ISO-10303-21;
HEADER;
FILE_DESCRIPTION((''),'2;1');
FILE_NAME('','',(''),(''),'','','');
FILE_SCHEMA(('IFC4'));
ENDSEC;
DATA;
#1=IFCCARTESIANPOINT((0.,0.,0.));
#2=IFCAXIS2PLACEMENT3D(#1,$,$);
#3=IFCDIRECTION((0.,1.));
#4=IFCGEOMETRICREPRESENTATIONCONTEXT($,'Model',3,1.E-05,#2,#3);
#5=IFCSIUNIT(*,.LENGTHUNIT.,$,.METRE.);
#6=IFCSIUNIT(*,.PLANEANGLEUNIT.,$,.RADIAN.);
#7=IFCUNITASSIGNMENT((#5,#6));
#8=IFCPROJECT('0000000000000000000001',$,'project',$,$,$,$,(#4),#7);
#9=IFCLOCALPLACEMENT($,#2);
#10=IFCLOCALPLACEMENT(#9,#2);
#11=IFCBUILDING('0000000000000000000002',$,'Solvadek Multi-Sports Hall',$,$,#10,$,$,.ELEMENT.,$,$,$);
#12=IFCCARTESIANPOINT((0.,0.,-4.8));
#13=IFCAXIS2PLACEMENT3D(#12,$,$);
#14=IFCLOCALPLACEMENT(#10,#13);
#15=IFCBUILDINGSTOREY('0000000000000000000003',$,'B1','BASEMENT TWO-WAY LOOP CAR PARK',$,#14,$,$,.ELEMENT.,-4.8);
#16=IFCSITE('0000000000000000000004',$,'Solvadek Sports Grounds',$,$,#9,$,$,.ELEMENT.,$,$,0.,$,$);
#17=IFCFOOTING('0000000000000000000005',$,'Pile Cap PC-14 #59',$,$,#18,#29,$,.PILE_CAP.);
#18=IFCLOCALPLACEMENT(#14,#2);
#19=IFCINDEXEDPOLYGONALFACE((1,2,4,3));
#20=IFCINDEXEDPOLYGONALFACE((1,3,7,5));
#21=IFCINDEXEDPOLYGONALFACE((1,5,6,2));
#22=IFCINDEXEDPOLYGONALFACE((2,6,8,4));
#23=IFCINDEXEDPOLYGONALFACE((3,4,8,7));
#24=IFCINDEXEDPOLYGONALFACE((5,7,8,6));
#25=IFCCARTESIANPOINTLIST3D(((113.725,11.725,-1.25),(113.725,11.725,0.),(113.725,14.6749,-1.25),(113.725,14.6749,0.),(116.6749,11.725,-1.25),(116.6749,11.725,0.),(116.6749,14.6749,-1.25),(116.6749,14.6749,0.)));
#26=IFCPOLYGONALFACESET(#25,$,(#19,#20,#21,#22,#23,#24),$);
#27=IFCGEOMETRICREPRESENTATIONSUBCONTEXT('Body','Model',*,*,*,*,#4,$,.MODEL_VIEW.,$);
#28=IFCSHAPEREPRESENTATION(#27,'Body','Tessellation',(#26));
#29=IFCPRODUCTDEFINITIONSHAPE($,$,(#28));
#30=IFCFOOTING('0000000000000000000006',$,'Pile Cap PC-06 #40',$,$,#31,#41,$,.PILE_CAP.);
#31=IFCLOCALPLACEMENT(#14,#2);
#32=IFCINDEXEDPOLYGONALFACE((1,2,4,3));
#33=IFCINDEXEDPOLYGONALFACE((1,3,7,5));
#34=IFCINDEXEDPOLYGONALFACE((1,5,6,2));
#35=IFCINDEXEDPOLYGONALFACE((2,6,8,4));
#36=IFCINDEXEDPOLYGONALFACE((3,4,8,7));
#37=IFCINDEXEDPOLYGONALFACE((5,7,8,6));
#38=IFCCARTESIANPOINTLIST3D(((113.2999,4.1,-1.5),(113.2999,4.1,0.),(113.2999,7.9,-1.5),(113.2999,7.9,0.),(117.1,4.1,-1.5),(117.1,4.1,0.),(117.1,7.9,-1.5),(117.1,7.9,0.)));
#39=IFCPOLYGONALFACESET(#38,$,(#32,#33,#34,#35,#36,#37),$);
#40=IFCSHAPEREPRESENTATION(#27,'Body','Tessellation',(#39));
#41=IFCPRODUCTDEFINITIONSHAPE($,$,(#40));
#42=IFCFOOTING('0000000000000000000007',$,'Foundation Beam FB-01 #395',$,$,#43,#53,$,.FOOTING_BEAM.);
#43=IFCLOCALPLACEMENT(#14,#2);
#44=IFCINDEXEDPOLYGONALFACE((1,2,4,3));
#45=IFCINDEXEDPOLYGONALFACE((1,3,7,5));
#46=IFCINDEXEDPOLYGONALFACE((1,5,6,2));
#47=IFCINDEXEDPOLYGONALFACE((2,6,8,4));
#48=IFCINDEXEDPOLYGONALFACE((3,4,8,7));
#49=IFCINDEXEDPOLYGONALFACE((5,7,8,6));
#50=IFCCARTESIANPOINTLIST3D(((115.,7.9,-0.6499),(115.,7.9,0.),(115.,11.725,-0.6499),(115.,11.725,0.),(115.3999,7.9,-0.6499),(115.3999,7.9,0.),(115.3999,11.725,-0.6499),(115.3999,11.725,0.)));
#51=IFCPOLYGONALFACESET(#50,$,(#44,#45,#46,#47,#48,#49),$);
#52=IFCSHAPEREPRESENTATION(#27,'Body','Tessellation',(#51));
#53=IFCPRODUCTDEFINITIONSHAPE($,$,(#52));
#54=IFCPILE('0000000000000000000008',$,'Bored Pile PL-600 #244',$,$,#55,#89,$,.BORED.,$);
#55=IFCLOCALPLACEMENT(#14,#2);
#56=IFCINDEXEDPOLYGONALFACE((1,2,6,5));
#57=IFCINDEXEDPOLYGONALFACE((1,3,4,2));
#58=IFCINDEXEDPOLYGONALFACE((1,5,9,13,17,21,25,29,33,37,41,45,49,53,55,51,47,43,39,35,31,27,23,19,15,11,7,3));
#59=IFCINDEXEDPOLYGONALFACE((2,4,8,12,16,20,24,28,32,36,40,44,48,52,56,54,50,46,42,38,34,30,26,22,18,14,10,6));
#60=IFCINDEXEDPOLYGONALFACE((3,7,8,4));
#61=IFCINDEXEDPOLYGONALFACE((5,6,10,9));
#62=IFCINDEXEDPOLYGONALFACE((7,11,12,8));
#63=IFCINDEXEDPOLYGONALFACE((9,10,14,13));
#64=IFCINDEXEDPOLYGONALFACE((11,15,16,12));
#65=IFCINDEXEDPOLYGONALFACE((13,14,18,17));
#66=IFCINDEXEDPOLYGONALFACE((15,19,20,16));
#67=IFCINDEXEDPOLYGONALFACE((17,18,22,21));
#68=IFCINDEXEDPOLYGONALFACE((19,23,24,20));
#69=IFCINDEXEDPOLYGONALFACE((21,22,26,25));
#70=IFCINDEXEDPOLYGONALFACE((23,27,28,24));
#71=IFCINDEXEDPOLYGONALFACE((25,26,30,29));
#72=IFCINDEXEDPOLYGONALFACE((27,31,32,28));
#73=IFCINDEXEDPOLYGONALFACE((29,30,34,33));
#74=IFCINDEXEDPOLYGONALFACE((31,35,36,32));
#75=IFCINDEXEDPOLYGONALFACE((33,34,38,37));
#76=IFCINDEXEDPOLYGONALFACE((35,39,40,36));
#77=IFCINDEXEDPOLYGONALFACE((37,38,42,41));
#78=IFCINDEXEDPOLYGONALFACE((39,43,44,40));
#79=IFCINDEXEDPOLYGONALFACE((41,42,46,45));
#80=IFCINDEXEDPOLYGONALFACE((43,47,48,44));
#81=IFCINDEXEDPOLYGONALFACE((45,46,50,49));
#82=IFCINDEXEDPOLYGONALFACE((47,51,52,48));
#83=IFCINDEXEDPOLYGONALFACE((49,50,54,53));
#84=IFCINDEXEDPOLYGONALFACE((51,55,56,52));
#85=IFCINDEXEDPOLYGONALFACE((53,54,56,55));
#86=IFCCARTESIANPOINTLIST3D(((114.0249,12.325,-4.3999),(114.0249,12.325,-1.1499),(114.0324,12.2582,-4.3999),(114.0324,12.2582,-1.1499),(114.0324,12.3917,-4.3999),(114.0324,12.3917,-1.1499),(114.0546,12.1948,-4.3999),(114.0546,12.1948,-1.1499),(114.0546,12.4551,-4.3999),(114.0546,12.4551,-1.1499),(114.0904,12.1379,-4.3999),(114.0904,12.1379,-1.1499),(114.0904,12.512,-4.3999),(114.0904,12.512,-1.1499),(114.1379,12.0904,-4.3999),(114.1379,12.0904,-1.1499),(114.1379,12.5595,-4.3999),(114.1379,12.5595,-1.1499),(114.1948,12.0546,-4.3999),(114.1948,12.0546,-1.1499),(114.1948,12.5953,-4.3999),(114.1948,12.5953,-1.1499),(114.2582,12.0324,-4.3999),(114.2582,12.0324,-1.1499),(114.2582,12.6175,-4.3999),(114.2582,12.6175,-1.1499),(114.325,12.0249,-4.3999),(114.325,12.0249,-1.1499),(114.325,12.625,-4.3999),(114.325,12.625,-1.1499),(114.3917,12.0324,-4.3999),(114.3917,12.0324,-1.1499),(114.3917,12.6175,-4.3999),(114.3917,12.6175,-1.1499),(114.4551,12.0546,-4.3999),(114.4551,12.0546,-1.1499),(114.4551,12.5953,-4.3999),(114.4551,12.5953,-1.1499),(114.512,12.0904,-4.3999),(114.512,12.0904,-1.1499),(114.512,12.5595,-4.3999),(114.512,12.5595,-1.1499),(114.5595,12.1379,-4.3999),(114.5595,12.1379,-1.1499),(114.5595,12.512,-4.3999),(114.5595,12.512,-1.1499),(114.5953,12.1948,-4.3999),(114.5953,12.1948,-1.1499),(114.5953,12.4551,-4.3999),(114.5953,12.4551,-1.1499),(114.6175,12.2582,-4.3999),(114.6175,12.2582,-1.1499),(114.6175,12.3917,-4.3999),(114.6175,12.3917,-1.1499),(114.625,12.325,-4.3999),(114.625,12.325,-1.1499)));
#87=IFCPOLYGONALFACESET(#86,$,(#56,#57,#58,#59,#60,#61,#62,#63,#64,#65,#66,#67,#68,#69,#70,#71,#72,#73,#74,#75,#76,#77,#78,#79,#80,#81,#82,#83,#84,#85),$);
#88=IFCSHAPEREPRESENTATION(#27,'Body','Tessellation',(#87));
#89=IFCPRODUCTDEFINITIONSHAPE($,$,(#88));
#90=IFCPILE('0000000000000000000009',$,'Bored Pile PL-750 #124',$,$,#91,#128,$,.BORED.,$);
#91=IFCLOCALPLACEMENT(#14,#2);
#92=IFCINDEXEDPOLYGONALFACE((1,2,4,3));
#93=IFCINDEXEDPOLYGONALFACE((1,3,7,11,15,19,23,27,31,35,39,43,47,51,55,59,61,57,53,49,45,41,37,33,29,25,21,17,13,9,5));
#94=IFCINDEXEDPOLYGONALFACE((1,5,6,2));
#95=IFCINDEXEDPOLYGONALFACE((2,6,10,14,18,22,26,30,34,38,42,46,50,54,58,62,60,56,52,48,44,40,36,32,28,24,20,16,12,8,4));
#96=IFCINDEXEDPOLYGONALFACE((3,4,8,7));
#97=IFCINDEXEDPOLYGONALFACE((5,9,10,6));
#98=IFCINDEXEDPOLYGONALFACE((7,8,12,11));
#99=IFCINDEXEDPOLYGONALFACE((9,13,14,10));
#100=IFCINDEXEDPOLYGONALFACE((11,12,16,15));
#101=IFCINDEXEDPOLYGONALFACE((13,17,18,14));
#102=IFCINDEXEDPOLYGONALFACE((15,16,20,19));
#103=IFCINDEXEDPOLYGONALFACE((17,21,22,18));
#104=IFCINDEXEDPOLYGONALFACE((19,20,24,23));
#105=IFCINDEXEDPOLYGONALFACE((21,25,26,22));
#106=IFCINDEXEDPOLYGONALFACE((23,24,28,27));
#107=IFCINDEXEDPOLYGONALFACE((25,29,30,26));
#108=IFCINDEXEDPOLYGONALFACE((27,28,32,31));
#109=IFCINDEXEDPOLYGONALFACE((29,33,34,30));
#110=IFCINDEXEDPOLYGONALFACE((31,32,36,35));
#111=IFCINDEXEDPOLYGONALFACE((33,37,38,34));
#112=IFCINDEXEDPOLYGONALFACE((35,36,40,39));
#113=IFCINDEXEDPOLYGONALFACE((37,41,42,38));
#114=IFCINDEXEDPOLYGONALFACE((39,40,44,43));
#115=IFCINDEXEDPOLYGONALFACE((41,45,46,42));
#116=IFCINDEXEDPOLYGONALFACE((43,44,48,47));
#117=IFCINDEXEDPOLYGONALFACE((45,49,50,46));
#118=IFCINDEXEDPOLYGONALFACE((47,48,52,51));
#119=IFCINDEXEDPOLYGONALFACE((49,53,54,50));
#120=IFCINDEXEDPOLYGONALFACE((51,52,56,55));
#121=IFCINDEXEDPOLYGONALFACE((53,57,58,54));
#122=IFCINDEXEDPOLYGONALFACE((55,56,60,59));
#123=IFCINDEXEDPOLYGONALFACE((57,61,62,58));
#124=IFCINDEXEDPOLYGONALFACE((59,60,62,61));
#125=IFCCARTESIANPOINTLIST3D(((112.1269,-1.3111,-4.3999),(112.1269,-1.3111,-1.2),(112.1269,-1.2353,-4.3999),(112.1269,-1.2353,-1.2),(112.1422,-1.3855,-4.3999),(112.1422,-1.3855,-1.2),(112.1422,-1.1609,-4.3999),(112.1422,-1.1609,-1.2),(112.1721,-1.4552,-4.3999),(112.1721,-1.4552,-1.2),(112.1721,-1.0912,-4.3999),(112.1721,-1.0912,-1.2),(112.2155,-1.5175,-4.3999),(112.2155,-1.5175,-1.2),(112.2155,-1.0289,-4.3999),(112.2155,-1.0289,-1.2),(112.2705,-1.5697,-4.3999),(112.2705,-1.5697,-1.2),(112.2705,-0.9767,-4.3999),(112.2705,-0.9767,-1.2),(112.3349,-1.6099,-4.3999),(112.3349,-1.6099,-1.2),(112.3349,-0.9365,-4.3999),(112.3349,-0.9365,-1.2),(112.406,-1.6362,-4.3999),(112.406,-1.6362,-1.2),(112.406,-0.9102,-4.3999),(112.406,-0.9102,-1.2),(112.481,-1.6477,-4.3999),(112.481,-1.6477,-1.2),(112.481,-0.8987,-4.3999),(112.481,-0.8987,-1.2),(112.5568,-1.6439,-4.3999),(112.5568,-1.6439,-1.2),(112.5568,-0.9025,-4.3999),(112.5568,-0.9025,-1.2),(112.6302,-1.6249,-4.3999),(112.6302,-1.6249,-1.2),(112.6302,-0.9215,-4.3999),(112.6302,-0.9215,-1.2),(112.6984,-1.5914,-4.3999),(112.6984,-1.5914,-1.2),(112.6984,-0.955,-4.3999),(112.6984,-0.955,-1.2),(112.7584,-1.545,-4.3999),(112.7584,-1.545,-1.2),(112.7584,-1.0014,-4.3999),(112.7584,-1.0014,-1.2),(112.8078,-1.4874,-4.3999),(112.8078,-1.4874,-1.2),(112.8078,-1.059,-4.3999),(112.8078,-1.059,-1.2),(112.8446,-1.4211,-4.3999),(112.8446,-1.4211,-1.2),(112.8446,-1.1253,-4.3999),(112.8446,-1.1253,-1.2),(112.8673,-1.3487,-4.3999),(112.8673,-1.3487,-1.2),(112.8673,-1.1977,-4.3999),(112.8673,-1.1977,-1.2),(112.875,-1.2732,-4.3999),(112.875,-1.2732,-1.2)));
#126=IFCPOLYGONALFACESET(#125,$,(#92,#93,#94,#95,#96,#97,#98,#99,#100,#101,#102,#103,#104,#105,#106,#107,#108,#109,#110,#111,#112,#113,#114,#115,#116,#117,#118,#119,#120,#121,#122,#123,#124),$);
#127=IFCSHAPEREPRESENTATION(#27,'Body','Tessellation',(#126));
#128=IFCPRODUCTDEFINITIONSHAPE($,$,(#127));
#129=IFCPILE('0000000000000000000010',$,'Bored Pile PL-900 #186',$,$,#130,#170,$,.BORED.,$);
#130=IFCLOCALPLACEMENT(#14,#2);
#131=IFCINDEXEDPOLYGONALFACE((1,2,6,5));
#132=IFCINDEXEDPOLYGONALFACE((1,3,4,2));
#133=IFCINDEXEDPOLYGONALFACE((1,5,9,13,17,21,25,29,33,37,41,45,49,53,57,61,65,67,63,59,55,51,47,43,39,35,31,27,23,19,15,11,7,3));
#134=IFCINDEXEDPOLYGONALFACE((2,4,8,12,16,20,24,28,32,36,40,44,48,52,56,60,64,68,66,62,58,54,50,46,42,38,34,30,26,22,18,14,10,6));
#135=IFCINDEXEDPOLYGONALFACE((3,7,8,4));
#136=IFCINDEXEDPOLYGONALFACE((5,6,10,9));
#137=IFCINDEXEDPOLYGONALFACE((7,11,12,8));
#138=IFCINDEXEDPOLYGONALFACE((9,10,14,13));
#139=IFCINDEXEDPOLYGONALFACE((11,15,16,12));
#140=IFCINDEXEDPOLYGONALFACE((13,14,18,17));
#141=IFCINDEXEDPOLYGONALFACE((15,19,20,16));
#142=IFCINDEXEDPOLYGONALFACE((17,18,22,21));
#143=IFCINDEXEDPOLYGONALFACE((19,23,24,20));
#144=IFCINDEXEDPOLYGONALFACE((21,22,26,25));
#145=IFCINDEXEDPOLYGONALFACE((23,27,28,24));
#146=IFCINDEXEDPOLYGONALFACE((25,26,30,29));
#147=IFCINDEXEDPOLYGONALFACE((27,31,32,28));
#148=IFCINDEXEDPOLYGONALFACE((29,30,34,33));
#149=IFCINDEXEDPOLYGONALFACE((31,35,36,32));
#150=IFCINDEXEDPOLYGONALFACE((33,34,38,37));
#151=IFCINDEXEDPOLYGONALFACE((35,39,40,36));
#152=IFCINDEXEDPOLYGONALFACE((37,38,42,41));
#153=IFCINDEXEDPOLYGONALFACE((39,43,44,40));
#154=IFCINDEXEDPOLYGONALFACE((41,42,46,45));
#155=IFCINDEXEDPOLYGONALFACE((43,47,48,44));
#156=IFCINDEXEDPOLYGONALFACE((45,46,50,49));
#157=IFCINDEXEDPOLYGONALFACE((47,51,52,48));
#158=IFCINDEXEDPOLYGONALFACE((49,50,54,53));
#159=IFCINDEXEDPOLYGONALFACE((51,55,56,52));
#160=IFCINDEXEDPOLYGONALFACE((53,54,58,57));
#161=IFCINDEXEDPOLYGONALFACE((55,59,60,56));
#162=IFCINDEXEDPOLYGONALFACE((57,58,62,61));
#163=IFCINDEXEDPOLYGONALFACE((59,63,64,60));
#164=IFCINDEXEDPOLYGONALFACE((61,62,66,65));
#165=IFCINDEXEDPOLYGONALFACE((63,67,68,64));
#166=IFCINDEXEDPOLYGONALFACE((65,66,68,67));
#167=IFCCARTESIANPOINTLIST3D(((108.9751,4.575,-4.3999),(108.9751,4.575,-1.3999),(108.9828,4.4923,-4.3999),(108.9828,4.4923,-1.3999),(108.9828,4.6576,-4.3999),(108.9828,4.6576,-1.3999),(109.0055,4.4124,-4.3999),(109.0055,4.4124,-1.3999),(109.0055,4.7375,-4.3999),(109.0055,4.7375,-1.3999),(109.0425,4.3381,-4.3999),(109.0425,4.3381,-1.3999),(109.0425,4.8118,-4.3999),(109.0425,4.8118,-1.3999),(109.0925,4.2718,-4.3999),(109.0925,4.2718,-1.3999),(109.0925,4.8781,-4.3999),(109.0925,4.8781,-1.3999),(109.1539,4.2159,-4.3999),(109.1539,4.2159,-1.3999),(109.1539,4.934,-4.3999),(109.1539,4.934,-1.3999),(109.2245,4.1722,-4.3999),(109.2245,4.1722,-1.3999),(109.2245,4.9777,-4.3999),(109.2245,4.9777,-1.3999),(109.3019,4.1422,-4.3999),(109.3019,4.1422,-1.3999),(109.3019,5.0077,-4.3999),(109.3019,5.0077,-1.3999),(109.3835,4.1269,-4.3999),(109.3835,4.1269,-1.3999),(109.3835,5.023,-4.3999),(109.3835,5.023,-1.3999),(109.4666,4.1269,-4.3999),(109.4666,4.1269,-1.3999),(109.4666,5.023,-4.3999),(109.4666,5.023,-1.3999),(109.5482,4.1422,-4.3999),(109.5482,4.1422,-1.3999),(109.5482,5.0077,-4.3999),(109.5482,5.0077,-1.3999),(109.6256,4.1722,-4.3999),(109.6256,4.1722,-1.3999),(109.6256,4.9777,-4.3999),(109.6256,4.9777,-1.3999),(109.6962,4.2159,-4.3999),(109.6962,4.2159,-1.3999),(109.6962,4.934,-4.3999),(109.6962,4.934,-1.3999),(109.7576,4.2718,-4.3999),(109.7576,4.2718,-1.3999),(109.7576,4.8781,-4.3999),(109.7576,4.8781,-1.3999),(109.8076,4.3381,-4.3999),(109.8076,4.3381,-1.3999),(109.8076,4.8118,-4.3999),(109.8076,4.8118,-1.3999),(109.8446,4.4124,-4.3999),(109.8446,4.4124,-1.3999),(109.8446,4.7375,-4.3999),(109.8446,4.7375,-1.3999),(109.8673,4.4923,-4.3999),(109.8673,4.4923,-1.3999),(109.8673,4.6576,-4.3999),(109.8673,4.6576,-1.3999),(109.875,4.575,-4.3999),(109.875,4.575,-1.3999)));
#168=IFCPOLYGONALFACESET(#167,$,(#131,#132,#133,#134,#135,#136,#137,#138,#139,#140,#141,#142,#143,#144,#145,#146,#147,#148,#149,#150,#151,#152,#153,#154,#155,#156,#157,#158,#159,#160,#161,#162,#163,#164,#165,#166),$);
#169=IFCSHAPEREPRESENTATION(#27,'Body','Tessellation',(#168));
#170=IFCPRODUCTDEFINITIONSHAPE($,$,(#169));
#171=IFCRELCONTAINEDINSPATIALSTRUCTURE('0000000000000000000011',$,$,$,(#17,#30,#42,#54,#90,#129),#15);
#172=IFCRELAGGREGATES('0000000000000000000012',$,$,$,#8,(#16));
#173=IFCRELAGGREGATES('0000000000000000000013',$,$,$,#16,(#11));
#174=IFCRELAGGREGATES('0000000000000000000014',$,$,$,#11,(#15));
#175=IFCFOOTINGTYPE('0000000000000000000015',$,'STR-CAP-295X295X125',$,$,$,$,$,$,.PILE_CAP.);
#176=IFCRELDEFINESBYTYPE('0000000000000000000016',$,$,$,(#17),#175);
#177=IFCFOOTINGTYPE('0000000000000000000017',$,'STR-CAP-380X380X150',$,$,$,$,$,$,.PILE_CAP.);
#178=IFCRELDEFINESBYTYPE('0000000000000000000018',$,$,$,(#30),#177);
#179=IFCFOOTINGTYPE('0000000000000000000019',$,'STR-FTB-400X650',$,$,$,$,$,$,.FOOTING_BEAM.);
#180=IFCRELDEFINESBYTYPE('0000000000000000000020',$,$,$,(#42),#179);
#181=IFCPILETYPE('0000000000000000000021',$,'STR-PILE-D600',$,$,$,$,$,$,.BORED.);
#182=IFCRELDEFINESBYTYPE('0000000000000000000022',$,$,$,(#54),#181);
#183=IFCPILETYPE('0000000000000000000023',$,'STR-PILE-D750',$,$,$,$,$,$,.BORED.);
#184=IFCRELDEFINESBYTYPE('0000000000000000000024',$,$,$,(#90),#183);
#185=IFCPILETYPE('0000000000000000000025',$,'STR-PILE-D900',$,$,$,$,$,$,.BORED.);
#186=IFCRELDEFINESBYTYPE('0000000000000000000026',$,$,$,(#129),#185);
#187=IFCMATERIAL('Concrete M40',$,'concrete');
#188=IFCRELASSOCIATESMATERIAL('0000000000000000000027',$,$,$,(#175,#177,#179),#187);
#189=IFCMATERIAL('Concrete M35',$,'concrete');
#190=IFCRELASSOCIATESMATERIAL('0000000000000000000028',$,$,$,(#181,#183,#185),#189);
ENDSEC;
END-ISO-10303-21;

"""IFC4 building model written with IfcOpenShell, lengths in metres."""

from ifc_helpers import new_model, si_unit, direction, frame, origin, origin_2d, place, context, subcontext, project, spatial, rectangle, circle, extrude, material, material_profile, profile_set, type_object, element, save


model = new_model("IFC4")

# Units and contexts
model_context = context("Model", 3, precision=1e-05, world=origin(), true_north=direction((0.0, 1.0)))
body_context = subcontext(model_context, "Body", "Model", "MODEL_VIEW")
ifc_project = project(units=[si_unit("LENGTHUNIT", "METRE"), si_unit("PLANEANGLEUNIT", "RADIAN")], contexts=[model_context])

# Site, building, storey
site_placement = place(None, origin())
site = spatial("IfcSite", under=ifc_project, at=site_placement, Name="Solvadek Sports Grounds", CompositionType="ELEMENT", RefElevation=0.0)
building_placement = place(site_placement, origin())
building = spatial("IfcBuilding", under=site, at=building_placement, Name="Solvadek Multi-Sports Hall", CompositionType="ELEMENT")
storey_placement = place(building_placement, frame((0.0, 0.0, -4.8)))
storey = spatial("IfcBuildingStorey", under=building, at=storey_placement, Name="B1", Description="BASEMENT TWO-WAY LOOP CAR PARK", CompositionType="ELEMENT", Elevation=-4.8)

# Footings
ifc_material_1 = material(Name="Concrete M40", Category="concrete")
footing_type_1 = type_object("IfcFootingType", Name="STR-CAP-295X295X125", PredefinedType="PILE_CAP", material=ifc_material_1)
footing_1_placement = place(storey_placement, frame((115.2, 13.2, -1.25), z_axis=(0.0, 0.0, 1.0), x_axis=(1.0, 0.0, 0.0)))
element("IfcFooting", 1, at=footing_1_placement, inside=storey, type_object=footing_type_1, Name="Pile Cap PC-14 #59", PredefinedType="PILE_CAP", context=body_context, shape_type="SweptSolid", body=[
    extrude(rectangle(XDim=2.95, YDim=2.95, at=origin_2d()), origin(), (0.0, 0.0, 1.0), 1.25),
])
footing_type_2 = type_object("IfcFootingType", Name="STR-CAP-380X380X150", PredefinedType="PILE_CAP", material=ifc_material_1)
footing_2_placement = place(storey_placement, frame((115.2, 6.0, -1.5), z_axis=(0.0, 0.0, 1.0), x_axis=(1.0, 0.0, 0.0)))
element("IfcFooting", 2, at=footing_2_placement, inside=storey, type_object=footing_type_2, Name="Pile Cap PC-06 #40", PredefinedType="PILE_CAP", context=body_context, shape_type="SweptSolid", body=[
    extrude(rectangle(XDim=3.8, YDim=3.8, at=origin_2d()), origin(), (0.0, 0.0, 1.0), 1.5),
])
footing_type_3 = type_object("IfcFootingType", Name="STR-FTB-400X650", PredefinedType="FOOTING_BEAM", material=ifc_material_1)
footing_3_placement = place(storey_placement, frame((115.2, 9.8125, -0.6499), z_axis=(0.0, 0.0, 1.0), x_axis=(0.0, 1.0, 0.0)))
element("IfcFooting", 3, at=footing_3_placement, inside=storey, type_object=footing_type_3, Name="Foundation Beam FB-01 #395", PredefinedType="FOOTING_BEAM", context=body_context, shape_type="SweptSolid", body=[
    extrude(rectangle(XDim=3.825, YDim=0.3999, at=origin_2d()), origin(), (0.0, 0.0, 1.0), 0.6499),
])

# Piles
ifc_material_2 = material(Name="Concrete M35", Category="concrete")
ifc_material_profile_1 = material_profile(ifc_material_2, circle(Radius=0.3, at=origin_2d()), Name="BORED PILE D600")
ifc_profile_set_1 = profile_set([ifc_material_profile_1], Name="Concrete M35")
pile_type_1 = type_object("IfcPileType", Name="STR-PILE-D600", PredefinedType="BORED", material=ifc_profile_set_1)
pile_1_placement = place(storey_placement, frame((114.325, 12.325, -1.1499), z_axis=(0.0, 0.0, -1.0), x_axis=(1.0, 0.0, 0.0)))
element("IfcPile", 4, at=pile_1_placement, inside=storey, type_object=pile_type_1, Name="Bored Pile PL-600 #244", PredefinedType="BORED", context=body_context, shape_type="SweptSolid", body=[
    extrude(circle(Radius=0.3, at=origin_2d()), origin(), (0.0, 0.0, 1.0), 3.25),
])
ifc_material_profile_2 = material_profile(ifc_material_2, circle(Radius=0.375, at=origin_2d()), Name="BORED PILE D750")
ifc_profile_set_2 = profile_set([ifc_material_profile_2], Name="Concrete M35")
pile_type_2 = type_object("IfcPileType", Name="STR-PILE-D750", PredefinedType="BORED", material=ifc_profile_set_2)
pile_2_placement = place(storey_placement, frame((112.5, -1.2732, -1.2), z_axis=(0.0, 0.0, -1.0), x_axis=(1.0, 0.0, 0.0)))
element("IfcPile", 5, at=pile_2_placement, inside=storey, type_object=pile_type_2, Name="Bored Pile PL-750 #124", PredefinedType="BORED", context=body_context, shape_type="SweptSolid", body=[
    extrude(circle(Radius=0.375, at=origin_2d()), origin(), (0.0, 0.0, 1.0), 3.2),
])
ifc_material_profile_3 = material_profile(ifc_material_2, circle(Radius=0.45, at=origin_2d()), Name="BORED PILE D900")
ifc_profile_set_3 = profile_set([ifc_material_profile_3], Name="Concrete M35")
pile_type_3 = type_object("IfcPileType", Name="STR-PILE-D900", PredefinedType="BORED", material=ifc_profile_set_3)
for number, where, z_axis, x_axis, name in (
    (6, (109.425, 4.575, -1.3999), (0.0, 0.0, -1.0), (1.0, 0.0, 0.0), "Bored Pile PL-900 #186"),
):
    element("IfcPile", number, at=place(storey_placement, frame(where, z_axis=z_axis, x_axis=x_axis)), inside=storey, type_object=pile_type_3, Name=name, PredefinedType="BORED", context=body_context, shape_type="SweptSolid", body=[
        extrude(circle(Radius=0.45, at=origin_2d()), origin(), (0.0, 0.0, 1.0), 3.0),
    ])

save(model, "model.ifc")
